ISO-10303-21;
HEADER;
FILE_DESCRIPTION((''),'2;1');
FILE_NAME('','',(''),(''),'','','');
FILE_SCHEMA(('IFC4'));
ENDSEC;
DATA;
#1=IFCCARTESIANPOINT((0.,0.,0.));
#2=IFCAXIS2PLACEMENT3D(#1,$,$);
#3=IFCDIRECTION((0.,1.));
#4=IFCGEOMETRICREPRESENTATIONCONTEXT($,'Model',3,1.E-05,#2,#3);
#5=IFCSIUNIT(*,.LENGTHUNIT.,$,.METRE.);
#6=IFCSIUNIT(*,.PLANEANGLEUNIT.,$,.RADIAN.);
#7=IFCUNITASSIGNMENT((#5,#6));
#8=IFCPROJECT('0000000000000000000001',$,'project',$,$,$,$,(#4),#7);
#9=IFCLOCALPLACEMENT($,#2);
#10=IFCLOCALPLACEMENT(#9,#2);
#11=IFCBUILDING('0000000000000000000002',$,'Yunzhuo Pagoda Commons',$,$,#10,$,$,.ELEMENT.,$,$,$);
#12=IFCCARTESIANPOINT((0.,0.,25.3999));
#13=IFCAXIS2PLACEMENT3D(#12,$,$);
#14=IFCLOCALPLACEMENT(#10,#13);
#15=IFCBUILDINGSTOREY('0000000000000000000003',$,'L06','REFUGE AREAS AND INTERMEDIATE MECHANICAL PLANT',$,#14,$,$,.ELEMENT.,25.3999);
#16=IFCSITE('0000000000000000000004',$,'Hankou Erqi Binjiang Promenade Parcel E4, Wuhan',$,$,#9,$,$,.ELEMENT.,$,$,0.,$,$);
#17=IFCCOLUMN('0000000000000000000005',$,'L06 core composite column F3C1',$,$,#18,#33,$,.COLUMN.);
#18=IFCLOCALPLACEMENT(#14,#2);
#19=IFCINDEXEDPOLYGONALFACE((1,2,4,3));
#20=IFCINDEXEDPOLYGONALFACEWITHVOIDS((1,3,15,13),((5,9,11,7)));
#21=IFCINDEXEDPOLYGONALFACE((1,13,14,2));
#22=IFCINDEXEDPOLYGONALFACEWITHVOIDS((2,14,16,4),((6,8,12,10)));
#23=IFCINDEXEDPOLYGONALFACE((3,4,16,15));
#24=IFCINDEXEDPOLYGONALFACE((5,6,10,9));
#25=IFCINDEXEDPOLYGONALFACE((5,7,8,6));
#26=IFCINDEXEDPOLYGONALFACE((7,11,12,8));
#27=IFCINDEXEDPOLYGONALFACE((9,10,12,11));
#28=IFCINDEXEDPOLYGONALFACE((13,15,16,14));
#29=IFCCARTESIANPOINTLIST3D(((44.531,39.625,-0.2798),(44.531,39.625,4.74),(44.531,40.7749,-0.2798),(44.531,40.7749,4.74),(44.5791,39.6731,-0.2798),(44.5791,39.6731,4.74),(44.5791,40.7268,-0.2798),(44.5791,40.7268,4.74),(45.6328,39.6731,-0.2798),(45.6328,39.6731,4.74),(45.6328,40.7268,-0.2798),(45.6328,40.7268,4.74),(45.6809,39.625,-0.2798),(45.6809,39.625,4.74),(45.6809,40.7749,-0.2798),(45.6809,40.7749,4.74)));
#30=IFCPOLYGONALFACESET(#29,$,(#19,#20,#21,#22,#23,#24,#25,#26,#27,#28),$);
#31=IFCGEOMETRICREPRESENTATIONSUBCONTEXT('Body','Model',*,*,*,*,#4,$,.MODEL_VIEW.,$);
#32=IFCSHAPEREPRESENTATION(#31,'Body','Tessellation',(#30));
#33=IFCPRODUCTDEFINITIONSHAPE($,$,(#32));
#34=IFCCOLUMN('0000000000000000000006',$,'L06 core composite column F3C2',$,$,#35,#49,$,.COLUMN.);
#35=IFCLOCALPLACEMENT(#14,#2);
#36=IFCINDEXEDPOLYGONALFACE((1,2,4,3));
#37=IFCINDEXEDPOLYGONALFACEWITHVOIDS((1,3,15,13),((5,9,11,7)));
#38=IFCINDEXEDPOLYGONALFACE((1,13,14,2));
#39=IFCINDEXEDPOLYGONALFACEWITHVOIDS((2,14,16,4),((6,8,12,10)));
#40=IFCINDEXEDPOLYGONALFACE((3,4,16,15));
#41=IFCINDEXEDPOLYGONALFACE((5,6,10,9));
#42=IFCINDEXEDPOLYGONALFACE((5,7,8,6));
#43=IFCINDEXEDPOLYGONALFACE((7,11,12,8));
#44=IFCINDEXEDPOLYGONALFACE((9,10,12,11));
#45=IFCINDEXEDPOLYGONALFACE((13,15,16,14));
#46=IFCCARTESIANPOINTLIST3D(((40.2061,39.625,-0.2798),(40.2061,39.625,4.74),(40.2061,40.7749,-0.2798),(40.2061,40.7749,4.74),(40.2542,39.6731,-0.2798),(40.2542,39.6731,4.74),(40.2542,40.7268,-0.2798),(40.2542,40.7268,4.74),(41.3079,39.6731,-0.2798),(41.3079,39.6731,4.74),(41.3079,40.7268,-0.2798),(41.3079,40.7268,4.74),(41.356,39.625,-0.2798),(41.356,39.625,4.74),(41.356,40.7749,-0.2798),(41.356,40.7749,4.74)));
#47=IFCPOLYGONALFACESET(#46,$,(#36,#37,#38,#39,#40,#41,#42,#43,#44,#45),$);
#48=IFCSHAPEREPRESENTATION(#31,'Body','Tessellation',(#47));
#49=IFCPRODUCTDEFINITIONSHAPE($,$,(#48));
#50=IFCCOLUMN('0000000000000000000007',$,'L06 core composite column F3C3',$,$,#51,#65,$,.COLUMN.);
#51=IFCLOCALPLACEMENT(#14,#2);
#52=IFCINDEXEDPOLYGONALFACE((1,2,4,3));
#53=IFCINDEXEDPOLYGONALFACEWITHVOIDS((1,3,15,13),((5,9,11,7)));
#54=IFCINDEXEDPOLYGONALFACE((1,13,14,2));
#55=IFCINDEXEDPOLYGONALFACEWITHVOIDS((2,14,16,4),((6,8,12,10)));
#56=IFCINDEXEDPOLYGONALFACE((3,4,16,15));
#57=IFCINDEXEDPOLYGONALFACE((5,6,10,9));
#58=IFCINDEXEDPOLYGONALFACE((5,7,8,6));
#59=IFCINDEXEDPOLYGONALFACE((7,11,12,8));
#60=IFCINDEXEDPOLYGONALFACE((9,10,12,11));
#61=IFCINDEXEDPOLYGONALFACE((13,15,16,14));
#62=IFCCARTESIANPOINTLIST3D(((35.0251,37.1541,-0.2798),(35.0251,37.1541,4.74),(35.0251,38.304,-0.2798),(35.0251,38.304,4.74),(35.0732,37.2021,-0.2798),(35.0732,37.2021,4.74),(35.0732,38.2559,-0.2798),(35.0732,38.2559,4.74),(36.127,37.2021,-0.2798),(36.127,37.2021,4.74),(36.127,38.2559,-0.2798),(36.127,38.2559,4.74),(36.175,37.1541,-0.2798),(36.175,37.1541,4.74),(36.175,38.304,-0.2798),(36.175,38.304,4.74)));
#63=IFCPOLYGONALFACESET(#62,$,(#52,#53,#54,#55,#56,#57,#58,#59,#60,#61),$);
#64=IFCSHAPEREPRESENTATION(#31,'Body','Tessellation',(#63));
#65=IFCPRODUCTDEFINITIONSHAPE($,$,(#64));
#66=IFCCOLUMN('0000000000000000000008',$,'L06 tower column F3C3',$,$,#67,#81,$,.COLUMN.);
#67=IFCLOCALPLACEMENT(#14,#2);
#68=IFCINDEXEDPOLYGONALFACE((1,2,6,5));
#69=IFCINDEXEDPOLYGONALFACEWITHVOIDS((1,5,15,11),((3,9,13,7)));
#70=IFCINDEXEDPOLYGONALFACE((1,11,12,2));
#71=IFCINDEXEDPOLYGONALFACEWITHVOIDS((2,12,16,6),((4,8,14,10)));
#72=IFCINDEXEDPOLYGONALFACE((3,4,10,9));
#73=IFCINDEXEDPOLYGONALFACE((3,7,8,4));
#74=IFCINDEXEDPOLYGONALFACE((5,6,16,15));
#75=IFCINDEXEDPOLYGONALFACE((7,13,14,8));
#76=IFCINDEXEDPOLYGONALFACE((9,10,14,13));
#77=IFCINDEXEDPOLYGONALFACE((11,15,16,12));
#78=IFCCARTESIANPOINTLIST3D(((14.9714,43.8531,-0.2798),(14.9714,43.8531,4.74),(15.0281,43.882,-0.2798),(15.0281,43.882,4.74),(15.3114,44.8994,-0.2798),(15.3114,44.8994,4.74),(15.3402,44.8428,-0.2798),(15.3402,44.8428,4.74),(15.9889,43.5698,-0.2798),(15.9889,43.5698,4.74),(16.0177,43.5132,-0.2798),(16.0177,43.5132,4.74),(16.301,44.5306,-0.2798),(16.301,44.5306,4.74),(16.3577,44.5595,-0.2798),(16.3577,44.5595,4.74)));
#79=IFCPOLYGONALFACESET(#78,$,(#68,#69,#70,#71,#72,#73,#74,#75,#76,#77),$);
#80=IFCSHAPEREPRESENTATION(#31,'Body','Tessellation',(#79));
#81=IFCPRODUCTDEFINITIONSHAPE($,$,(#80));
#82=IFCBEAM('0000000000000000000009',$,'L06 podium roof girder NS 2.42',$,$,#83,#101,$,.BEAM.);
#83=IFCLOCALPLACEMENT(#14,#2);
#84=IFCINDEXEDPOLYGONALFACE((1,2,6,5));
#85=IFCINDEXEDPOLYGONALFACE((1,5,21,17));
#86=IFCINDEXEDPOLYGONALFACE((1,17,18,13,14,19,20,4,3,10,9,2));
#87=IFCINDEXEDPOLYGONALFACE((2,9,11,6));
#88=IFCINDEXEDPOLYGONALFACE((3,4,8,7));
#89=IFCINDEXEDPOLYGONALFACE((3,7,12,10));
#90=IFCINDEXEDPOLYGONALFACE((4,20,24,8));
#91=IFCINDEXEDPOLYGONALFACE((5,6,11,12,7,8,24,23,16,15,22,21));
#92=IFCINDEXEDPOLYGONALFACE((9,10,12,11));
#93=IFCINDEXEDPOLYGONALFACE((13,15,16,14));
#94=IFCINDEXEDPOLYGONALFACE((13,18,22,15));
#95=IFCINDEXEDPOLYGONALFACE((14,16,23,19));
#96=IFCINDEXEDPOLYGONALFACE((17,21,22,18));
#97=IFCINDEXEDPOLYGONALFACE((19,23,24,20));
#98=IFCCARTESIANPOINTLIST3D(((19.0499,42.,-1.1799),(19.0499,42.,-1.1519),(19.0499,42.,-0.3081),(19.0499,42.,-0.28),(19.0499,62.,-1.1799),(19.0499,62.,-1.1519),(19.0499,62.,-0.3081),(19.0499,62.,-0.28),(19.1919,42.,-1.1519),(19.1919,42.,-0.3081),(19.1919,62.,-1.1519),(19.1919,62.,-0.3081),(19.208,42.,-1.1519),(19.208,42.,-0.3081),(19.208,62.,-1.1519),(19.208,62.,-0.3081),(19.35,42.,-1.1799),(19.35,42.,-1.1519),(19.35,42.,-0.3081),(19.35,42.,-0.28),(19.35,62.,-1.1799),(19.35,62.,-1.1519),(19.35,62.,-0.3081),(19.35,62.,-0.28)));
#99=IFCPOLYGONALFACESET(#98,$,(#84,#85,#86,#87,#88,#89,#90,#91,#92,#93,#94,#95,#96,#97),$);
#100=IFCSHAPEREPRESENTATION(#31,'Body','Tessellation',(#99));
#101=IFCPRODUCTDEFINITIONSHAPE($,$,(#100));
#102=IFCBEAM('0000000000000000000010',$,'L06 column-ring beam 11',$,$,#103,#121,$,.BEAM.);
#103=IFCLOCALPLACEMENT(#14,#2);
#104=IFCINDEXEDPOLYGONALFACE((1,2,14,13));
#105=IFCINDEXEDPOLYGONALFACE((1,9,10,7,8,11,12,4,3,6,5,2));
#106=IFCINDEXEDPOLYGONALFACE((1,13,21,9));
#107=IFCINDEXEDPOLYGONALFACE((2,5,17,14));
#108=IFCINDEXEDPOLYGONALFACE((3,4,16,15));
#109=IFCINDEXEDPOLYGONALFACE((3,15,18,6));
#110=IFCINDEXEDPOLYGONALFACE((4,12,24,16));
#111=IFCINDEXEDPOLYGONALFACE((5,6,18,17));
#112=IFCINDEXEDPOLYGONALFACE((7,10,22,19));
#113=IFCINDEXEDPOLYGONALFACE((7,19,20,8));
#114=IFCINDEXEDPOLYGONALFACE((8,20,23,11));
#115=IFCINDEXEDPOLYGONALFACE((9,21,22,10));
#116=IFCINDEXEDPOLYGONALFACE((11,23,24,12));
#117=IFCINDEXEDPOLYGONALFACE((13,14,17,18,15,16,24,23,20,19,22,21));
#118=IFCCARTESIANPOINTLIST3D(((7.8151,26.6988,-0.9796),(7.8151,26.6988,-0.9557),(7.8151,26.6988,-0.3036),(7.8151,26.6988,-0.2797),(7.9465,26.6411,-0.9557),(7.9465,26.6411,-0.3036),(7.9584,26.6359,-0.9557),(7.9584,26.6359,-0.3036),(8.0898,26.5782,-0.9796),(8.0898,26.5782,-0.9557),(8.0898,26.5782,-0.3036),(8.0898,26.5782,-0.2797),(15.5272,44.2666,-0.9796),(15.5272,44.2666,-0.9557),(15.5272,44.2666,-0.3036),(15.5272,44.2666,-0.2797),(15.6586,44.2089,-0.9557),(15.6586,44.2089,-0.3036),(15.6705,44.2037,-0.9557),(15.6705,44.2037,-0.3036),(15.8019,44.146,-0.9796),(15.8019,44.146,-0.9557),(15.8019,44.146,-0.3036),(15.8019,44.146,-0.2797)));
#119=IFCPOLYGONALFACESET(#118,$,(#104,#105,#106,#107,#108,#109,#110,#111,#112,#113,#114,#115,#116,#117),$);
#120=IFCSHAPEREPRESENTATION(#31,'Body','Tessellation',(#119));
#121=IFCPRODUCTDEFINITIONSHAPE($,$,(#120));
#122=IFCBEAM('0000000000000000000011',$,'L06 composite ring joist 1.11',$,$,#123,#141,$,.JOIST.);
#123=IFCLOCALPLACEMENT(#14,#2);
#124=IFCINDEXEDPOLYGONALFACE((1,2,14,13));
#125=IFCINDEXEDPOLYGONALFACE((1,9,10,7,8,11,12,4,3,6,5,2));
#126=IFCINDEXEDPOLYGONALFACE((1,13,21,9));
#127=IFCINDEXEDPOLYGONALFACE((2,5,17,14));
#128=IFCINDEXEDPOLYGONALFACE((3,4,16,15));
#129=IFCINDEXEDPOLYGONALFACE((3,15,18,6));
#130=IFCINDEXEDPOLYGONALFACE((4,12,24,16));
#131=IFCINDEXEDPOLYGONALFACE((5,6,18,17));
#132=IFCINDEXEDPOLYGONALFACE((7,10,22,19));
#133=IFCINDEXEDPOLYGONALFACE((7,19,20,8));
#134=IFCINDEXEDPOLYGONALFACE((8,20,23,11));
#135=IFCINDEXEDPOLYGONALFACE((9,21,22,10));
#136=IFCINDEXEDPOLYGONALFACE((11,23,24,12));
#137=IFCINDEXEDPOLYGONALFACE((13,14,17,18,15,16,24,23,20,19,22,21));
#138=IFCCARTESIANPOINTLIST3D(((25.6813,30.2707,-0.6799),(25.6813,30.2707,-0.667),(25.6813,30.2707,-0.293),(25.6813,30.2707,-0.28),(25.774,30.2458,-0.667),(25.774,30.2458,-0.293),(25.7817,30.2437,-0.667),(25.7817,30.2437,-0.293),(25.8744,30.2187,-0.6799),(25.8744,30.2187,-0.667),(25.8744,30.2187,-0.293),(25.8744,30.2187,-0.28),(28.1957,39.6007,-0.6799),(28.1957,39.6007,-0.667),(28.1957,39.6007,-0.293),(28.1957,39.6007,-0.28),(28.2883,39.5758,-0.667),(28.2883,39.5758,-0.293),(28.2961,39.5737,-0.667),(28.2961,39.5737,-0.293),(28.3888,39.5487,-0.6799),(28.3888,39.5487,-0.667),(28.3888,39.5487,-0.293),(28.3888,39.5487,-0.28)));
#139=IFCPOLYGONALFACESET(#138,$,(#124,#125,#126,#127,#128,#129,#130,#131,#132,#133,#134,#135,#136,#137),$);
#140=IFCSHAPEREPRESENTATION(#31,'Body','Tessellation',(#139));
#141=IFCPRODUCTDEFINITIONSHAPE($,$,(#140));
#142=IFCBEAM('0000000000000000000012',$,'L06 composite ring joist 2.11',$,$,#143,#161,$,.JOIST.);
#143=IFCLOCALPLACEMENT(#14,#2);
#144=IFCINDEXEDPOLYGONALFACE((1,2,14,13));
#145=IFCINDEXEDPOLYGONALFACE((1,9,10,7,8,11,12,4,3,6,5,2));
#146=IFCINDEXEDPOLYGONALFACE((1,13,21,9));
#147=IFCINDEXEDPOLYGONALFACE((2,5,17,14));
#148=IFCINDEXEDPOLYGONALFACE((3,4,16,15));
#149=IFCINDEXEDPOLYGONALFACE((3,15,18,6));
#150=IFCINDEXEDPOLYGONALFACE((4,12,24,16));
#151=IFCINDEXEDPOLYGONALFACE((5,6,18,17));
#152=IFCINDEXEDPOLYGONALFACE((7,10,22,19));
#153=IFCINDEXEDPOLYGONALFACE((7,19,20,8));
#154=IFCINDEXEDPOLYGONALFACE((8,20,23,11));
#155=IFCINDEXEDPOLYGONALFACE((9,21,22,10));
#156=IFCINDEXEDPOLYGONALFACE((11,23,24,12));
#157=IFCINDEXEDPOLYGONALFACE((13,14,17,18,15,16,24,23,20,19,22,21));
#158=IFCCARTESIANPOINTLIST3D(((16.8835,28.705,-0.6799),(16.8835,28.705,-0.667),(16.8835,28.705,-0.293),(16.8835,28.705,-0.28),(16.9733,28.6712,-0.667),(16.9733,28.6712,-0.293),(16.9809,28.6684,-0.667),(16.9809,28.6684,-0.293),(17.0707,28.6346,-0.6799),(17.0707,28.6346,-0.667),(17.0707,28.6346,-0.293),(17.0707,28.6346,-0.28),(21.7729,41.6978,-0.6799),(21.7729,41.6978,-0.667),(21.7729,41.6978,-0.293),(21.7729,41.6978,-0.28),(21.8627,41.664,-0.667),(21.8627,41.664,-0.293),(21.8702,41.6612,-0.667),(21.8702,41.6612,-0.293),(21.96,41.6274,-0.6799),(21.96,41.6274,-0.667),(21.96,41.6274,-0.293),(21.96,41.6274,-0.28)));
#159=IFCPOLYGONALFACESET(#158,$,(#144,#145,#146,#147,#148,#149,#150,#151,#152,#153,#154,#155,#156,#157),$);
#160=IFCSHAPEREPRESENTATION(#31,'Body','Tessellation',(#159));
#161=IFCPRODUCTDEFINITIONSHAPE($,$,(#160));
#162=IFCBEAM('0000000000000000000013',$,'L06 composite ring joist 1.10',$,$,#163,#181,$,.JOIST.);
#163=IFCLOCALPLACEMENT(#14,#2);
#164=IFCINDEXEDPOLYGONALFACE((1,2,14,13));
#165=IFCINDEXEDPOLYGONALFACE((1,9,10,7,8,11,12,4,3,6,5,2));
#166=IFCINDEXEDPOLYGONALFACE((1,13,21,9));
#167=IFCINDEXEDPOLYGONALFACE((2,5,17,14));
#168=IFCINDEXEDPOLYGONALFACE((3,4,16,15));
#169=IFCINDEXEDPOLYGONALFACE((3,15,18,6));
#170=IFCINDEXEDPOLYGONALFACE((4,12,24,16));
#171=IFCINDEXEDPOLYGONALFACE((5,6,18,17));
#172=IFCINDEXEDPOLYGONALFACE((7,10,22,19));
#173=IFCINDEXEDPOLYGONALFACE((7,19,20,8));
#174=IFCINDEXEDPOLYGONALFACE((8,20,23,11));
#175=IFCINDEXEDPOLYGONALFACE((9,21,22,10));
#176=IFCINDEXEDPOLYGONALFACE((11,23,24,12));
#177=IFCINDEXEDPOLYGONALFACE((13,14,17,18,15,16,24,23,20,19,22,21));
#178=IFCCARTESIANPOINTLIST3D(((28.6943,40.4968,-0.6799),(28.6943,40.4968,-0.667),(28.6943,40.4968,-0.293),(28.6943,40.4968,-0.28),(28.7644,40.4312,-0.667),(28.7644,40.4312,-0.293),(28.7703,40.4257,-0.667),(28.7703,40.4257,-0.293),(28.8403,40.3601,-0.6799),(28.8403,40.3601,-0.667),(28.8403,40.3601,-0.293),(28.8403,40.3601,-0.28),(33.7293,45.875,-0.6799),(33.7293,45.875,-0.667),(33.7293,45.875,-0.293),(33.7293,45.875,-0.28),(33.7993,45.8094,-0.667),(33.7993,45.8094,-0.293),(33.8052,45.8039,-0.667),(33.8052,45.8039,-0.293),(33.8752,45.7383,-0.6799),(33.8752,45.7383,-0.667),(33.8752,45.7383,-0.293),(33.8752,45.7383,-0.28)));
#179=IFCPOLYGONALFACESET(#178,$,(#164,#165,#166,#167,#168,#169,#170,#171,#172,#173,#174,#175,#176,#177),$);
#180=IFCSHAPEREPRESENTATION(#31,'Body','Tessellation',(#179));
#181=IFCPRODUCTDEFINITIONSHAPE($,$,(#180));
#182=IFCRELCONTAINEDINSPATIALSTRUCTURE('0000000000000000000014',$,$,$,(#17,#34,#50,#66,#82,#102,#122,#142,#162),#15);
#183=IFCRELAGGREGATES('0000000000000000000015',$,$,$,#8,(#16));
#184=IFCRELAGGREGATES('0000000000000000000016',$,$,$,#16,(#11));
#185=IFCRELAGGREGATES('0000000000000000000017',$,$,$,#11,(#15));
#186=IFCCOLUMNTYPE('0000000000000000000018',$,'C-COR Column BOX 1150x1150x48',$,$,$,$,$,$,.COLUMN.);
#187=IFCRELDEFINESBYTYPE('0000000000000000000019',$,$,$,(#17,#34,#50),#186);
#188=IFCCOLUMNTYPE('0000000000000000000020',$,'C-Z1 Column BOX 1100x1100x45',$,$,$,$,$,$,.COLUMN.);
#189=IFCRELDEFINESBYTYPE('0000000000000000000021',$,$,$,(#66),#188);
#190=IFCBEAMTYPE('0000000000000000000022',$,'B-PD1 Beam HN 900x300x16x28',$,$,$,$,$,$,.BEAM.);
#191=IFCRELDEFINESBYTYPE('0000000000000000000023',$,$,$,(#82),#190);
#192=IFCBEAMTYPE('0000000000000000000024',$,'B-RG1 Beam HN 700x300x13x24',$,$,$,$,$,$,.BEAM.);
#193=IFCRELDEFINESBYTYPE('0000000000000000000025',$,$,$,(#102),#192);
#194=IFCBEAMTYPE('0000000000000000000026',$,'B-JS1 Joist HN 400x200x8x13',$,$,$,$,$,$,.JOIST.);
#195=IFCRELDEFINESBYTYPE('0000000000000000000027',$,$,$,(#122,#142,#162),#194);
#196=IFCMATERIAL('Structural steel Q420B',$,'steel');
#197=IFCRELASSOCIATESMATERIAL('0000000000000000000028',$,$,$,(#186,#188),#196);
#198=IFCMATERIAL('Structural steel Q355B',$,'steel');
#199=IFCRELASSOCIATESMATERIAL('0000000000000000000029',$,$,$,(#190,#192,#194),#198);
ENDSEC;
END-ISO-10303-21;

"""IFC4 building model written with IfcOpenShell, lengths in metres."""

from ifc_helpers import new_model, si_unit, direction, frame, origin, origin_2d, place, context, subcontext, project, spatial, hollow_rectangle, i_section, extrude, source, transform, mapped, material, material_profile, profile_set, type_object, element, save


model = new_model("IFC4")

# Units and contexts
model_context = context("Model", 3, precision=1e-05, world=origin(), true_north=direction((0.0, 1.0)))
body_context = subcontext(model_context, "Body", "Model", "MODEL_VIEW")
ifc_project = project(units=[si_unit("LENGTHUNIT", "METRE"), si_unit("PLANEANGLEUNIT", "RADIAN")], contexts=[model_context])

# Site, building, storey
site_placement = place(None, origin())
site = spatial("IfcSite", under=ifc_project, at=site_placement, Name="Hankou Erqi Binjiang Promenade Parcel E4, Wuhan", CompositionType="ELEMENT", RefElevation=0.0)
building_placement = place(site_placement, origin())
building = spatial("IfcBuilding", under=site, at=building_placement, Name="Yunzhuo Pagoda Commons", CompositionType="ELEMENT")
storey_placement = place(building_placement, frame((0.0, 0.0, 25.3999)))
storey = spatial("IfcBuildingStorey", under=building, at=storey_placement, Name="L06", Description="REFUGE AREAS AND INTERMEDIATE MECHANICAL PLANT", CompositionType="ELEMENT", Elevation=25.3999)

# Columns
ifc_material_1 = material(Name="Structural steel Q420B", Category="steel")
ifc_material_profile_1 = material_profile(ifc_material_1, hollow_rectangle(XDim=1.1499, YDim=1.1499, WallThickness=0.0481, at=origin_2d()), Name="Structural steel Q420B")
ifc_profile_set_1 = profile_set([ifc_material_profile_1], Name="Structural steel Q420B")
column_type_1 = type_object("IfcColumnType", Name="C-COR Column BOX 1150x1150x48", PredefinedType="COLUMN", material=ifc_profile_set_1)
shared_shape_1 = source(origin(), body_context, "Body", "SweptSolid", [
    extrude(hollow_rectangle(XDim=1.1499, YDim=1.1499, WallThickness=0.0481, at=origin_2d()), origin(), (0.0, 0.0, 1.0), 5.0198),
])
for number, where, z_axis, x_axis, name in (
    (1, (45.106, 40.2, -0.2798), (0.0, 0.0, 1.0), (1.0, 0.0, 0.0), "L06 core composite column F3C1"),
    (2, (40.781, 40.2, -0.2798), (0.0, 0.0, 1.0), (1.0, 0.0, 0.0), "L06 core composite column F3C2"),
    (3, (35.6001, 37.729, -0.2798), (0.0, 0.0, 1.0), (1.0, 0.0, 0.0), "L06 core composite column F3C3"),
):
    element("IfcColumn", number, at=place(storey_placement, frame(where, z_axis=z_axis, x_axis=x_axis)), inside=storey, type_object=column_type_1, Name=name, PredefinedType="COLUMN", context=body_context, shape_type="MappedRepresentation", body=[
        mapped(shared_shape_1, transform((0.0, 0.0, 0.0), scale=1.0)),
    ])
ifc_material_profile_2 = material_profile(ifc_material_1, hollow_rectangle(XDim=1.1001, YDim=1.1001, WallThickness=0.0449, at=origin_2d()), Name="Structural steel Q420B")
ifc_profile_set_2 = profile_set([ifc_material_profile_2], Name="Structural steel Q420B")
column_type_2 = type_object("IfcColumnType", Name="C-Z1 Column BOX 1100x1100x45", PredefinedType="COLUMN", material=ifc_profile_set_2)
shared_shape_2 = source(origin(), body_context, "Body", "SweptSolid", [
    extrude(hollow_rectangle(XDim=1.1001, YDim=1.1001, WallThickness=0.0449, at=origin_2d()), origin(), (0.0, 0.0, 1.0), 5.0198),
])
column_placement = place(storey_placement, frame((15.6646, 44.2063, -0.2798), z_axis=(0.0, 0.0, 1.0), x_axis=(-0.309017, -0.951057, 0.0)))
element("IfcColumn", 4, at=column_placement, inside=storey, type_object=column_type_2, Name="L06 tower column F3C3", PredefinedType="COLUMN", context=body_context, shape_type="MappedRepresentation", body=[
    mapped(shared_shape_2, transform((0.0, 0.0, 0.0), scale=1.0)),
])

# Beams
ifc_material_2 = material(Name="Structural steel Q355B", Category="steel")
ifc_material_profile_3 = material_profile(ifc_material_2, i_section(OverallWidth=0.3, OverallDepth=0.8999, WebThickness=0.0161, FlangeThickness=0.0281, at=origin_2d()), Name="Structural steel Q355B")
ifc_profile_set_3 = profile_set([ifc_material_profile_3], Name="Structural steel Q355B")
beam_type_1 = type_object("IfcBeamType", Name="B-PD1 Beam HN 900x300x16x28", PredefinedType="BEAM", material=ifc_profile_set_3)
shared_shape_3 = source(origin(), body_context, "Body", "SweptSolid", [
    extrude(i_section(OverallWidth=0.3, OverallDepth=0.8999, WebThickness=0.0161, FlangeThickness=0.0281, at=origin_2d()), origin(), (0.0, 0.0, 1.0), 20.0),
])
beam_1_placement = place(storey_placement, frame((19.2, 42.0, -0.73), z_axis=(0.0, 1.0, 0.0), x_axis=(-1.0, 0.0, 0.0)))
element("IfcBeam", 5, at=beam_1_placement, inside=storey, type_object=beam_type_1, Name="L06 podium roof girder NS 2.42", PredefinedType="BEAM", context=body_context, shape_type="MappedRepresentation", body=[
    mapped(shared_shape_3, transform((0.0, 0.0, 0.0), scale=1.0)),
])
ifc_material_profile_4 = material_profile(ifc_material_2, i_section(OverallWidth=0.3, OverallDepth=0.7, WebThickness=0.0129, FlangeThickness=0.0239, at=origin_2d()), Name="Structural steel Q355B")
ifc_profile_set_4 = profile_set([ifc_material_profile_4], Name="Structural steel Q355B")
beam_type_2 = type_object("IfcBeamType", Name="B-RG1 Beam HN 700x300x13x24", PredefinedType="BEAM", material=ifc_profile_set_4)
shared_shape_4 = source(origin(), body_context, "Body", "SweptSolid", [
    extrude(i_section(OverallWidth=0.3, OverallDepth=0.7, WebThickness=0.0129, FlangeThickness=0.0239, at=origin_2d()), origin(), (0.0, 0.0, 1.0), 19.186),
])
beam_2_placement = place(storey_placement, frame((15.6646, 44.2063, -0.6296), z_axis=(-0.401965, -0.915655, 0.0), x_axis=(0.915655, -0.401965, 0.0)))
element("IfcBeam", 6, at=beam_2_placement, inside=storey, type_object=beam_type_2, Name="L06 column-ring beam 11", PredefinedType="BEAM", context=body_context, shape_type="MappedRepresentation", body=[
    mapped(shared_shape_4, transform((0.0, 0.0, 0.0), scale=1.0)),
])
ifc_material_profile_5 = material_profile(ifc_material_2, i_section(OverallWidth=0.2, OverallDepth=0.3999, WebThickness=0.0081, FlangeThickness=0.0129, at=origin_2d()), Name="Structural steel Q355B")
ifc_profile_set_5 = profile_set([ifc_material_profile_5], Name="Structural steel Q355B")
beam_type_3 = type_object("IfcBeamType", Name="B-JS1 Joist HN 400x200x8x13", PredefinedType="JOIST", material=ifc_profile_set_5)
shared_shape_5 = source(origin(), body_context, "Body", "SweptSolid", [
    extrude(i_section(OverallWidth=0.2, OverallDepth=0.3999, WebThickness=0.0081, FlangeThickness=0.0129, at=origin_2d()), origin(), (0.0, 0.0, 1.0), 9.6628),
])
beam_3_placement = place(storey_placement, frame((28.2922, 39.5747, -0.48), z_axis=(-0.260211, -0.965552, 0.0), x_axis=(0.965552, -0.260211, 0.0)))
element("IfcBeam", 7, at=beam_3_placement, inside=storey, type_object=beam_type_3, Name="L06 composite ring joist 1.11", PredefinedType="JOIST", context=body_context, shape_type="MappedRepresentation", body=[
    mapped(shared_shape_5, transform((0.0, 0.0, 0.0), scale=1.0)),
])
shared_shape_6 = source(origin(), body_context, "Body", "SweptSolid", [
    extrude(i_section(OverallWidth=0.2, OverallDepth=0.3999, WebThickness=0.0081, FlangeThickness=0.0129, at=origin_2d()), origin(), (0.0, 0.0, 1.0), 13.8823),
])
beam_4_placement = place(storey_placement, frame((21.8665, 41.6626, -0.48), z_axis=(-0.352201, -0.935925, 0.0), x_axis=(0.935925, -0.352201, 0.0)))
element("IfcBeam", 8, at=beam_4_placement, inside=storey, type_object=beam_type_3, Name="L06 composite ring joist 2.11", PredefinedType="JOIST", context=body_context, shape_type="MappedRepresentation", body=[
    mapped(shared_shape_6, transform((0.0, 0.0, 0.0), scale=1.0)),
])
shared_shape_7 = source(origin(), body_context, "Body", "SweptSolid", [
    extrude(i_section(OverallWidth=0.2, OverallDepth=0.3999, WebThickness=0.0081, FlangeThickness=0.0129, at=origin_2d()), origin(), (0.0, 0.0, 1.0), 7.3672),
])
beam_5_placement = place(storey_placement, frame((33.8022, 45.8066, -0.48), z_axis=(-0.683426, -0.73002, 0.0), x_axis=(0.73002, -0.683426, 0.0)))
element("IfcBeam", 9, at=beam_5_placement, inside=storey, type_object=beam_type_3, Name="L06 composite ring joist 1.10", PredefinedType="JOIST", context=body_context, shape_type="MappedRepresentation", body=[
    mapped(shared_shape_7, transform((0.0, 0.0, 0.0), scale=1.0)),
])

save(model, "model.ifc")
